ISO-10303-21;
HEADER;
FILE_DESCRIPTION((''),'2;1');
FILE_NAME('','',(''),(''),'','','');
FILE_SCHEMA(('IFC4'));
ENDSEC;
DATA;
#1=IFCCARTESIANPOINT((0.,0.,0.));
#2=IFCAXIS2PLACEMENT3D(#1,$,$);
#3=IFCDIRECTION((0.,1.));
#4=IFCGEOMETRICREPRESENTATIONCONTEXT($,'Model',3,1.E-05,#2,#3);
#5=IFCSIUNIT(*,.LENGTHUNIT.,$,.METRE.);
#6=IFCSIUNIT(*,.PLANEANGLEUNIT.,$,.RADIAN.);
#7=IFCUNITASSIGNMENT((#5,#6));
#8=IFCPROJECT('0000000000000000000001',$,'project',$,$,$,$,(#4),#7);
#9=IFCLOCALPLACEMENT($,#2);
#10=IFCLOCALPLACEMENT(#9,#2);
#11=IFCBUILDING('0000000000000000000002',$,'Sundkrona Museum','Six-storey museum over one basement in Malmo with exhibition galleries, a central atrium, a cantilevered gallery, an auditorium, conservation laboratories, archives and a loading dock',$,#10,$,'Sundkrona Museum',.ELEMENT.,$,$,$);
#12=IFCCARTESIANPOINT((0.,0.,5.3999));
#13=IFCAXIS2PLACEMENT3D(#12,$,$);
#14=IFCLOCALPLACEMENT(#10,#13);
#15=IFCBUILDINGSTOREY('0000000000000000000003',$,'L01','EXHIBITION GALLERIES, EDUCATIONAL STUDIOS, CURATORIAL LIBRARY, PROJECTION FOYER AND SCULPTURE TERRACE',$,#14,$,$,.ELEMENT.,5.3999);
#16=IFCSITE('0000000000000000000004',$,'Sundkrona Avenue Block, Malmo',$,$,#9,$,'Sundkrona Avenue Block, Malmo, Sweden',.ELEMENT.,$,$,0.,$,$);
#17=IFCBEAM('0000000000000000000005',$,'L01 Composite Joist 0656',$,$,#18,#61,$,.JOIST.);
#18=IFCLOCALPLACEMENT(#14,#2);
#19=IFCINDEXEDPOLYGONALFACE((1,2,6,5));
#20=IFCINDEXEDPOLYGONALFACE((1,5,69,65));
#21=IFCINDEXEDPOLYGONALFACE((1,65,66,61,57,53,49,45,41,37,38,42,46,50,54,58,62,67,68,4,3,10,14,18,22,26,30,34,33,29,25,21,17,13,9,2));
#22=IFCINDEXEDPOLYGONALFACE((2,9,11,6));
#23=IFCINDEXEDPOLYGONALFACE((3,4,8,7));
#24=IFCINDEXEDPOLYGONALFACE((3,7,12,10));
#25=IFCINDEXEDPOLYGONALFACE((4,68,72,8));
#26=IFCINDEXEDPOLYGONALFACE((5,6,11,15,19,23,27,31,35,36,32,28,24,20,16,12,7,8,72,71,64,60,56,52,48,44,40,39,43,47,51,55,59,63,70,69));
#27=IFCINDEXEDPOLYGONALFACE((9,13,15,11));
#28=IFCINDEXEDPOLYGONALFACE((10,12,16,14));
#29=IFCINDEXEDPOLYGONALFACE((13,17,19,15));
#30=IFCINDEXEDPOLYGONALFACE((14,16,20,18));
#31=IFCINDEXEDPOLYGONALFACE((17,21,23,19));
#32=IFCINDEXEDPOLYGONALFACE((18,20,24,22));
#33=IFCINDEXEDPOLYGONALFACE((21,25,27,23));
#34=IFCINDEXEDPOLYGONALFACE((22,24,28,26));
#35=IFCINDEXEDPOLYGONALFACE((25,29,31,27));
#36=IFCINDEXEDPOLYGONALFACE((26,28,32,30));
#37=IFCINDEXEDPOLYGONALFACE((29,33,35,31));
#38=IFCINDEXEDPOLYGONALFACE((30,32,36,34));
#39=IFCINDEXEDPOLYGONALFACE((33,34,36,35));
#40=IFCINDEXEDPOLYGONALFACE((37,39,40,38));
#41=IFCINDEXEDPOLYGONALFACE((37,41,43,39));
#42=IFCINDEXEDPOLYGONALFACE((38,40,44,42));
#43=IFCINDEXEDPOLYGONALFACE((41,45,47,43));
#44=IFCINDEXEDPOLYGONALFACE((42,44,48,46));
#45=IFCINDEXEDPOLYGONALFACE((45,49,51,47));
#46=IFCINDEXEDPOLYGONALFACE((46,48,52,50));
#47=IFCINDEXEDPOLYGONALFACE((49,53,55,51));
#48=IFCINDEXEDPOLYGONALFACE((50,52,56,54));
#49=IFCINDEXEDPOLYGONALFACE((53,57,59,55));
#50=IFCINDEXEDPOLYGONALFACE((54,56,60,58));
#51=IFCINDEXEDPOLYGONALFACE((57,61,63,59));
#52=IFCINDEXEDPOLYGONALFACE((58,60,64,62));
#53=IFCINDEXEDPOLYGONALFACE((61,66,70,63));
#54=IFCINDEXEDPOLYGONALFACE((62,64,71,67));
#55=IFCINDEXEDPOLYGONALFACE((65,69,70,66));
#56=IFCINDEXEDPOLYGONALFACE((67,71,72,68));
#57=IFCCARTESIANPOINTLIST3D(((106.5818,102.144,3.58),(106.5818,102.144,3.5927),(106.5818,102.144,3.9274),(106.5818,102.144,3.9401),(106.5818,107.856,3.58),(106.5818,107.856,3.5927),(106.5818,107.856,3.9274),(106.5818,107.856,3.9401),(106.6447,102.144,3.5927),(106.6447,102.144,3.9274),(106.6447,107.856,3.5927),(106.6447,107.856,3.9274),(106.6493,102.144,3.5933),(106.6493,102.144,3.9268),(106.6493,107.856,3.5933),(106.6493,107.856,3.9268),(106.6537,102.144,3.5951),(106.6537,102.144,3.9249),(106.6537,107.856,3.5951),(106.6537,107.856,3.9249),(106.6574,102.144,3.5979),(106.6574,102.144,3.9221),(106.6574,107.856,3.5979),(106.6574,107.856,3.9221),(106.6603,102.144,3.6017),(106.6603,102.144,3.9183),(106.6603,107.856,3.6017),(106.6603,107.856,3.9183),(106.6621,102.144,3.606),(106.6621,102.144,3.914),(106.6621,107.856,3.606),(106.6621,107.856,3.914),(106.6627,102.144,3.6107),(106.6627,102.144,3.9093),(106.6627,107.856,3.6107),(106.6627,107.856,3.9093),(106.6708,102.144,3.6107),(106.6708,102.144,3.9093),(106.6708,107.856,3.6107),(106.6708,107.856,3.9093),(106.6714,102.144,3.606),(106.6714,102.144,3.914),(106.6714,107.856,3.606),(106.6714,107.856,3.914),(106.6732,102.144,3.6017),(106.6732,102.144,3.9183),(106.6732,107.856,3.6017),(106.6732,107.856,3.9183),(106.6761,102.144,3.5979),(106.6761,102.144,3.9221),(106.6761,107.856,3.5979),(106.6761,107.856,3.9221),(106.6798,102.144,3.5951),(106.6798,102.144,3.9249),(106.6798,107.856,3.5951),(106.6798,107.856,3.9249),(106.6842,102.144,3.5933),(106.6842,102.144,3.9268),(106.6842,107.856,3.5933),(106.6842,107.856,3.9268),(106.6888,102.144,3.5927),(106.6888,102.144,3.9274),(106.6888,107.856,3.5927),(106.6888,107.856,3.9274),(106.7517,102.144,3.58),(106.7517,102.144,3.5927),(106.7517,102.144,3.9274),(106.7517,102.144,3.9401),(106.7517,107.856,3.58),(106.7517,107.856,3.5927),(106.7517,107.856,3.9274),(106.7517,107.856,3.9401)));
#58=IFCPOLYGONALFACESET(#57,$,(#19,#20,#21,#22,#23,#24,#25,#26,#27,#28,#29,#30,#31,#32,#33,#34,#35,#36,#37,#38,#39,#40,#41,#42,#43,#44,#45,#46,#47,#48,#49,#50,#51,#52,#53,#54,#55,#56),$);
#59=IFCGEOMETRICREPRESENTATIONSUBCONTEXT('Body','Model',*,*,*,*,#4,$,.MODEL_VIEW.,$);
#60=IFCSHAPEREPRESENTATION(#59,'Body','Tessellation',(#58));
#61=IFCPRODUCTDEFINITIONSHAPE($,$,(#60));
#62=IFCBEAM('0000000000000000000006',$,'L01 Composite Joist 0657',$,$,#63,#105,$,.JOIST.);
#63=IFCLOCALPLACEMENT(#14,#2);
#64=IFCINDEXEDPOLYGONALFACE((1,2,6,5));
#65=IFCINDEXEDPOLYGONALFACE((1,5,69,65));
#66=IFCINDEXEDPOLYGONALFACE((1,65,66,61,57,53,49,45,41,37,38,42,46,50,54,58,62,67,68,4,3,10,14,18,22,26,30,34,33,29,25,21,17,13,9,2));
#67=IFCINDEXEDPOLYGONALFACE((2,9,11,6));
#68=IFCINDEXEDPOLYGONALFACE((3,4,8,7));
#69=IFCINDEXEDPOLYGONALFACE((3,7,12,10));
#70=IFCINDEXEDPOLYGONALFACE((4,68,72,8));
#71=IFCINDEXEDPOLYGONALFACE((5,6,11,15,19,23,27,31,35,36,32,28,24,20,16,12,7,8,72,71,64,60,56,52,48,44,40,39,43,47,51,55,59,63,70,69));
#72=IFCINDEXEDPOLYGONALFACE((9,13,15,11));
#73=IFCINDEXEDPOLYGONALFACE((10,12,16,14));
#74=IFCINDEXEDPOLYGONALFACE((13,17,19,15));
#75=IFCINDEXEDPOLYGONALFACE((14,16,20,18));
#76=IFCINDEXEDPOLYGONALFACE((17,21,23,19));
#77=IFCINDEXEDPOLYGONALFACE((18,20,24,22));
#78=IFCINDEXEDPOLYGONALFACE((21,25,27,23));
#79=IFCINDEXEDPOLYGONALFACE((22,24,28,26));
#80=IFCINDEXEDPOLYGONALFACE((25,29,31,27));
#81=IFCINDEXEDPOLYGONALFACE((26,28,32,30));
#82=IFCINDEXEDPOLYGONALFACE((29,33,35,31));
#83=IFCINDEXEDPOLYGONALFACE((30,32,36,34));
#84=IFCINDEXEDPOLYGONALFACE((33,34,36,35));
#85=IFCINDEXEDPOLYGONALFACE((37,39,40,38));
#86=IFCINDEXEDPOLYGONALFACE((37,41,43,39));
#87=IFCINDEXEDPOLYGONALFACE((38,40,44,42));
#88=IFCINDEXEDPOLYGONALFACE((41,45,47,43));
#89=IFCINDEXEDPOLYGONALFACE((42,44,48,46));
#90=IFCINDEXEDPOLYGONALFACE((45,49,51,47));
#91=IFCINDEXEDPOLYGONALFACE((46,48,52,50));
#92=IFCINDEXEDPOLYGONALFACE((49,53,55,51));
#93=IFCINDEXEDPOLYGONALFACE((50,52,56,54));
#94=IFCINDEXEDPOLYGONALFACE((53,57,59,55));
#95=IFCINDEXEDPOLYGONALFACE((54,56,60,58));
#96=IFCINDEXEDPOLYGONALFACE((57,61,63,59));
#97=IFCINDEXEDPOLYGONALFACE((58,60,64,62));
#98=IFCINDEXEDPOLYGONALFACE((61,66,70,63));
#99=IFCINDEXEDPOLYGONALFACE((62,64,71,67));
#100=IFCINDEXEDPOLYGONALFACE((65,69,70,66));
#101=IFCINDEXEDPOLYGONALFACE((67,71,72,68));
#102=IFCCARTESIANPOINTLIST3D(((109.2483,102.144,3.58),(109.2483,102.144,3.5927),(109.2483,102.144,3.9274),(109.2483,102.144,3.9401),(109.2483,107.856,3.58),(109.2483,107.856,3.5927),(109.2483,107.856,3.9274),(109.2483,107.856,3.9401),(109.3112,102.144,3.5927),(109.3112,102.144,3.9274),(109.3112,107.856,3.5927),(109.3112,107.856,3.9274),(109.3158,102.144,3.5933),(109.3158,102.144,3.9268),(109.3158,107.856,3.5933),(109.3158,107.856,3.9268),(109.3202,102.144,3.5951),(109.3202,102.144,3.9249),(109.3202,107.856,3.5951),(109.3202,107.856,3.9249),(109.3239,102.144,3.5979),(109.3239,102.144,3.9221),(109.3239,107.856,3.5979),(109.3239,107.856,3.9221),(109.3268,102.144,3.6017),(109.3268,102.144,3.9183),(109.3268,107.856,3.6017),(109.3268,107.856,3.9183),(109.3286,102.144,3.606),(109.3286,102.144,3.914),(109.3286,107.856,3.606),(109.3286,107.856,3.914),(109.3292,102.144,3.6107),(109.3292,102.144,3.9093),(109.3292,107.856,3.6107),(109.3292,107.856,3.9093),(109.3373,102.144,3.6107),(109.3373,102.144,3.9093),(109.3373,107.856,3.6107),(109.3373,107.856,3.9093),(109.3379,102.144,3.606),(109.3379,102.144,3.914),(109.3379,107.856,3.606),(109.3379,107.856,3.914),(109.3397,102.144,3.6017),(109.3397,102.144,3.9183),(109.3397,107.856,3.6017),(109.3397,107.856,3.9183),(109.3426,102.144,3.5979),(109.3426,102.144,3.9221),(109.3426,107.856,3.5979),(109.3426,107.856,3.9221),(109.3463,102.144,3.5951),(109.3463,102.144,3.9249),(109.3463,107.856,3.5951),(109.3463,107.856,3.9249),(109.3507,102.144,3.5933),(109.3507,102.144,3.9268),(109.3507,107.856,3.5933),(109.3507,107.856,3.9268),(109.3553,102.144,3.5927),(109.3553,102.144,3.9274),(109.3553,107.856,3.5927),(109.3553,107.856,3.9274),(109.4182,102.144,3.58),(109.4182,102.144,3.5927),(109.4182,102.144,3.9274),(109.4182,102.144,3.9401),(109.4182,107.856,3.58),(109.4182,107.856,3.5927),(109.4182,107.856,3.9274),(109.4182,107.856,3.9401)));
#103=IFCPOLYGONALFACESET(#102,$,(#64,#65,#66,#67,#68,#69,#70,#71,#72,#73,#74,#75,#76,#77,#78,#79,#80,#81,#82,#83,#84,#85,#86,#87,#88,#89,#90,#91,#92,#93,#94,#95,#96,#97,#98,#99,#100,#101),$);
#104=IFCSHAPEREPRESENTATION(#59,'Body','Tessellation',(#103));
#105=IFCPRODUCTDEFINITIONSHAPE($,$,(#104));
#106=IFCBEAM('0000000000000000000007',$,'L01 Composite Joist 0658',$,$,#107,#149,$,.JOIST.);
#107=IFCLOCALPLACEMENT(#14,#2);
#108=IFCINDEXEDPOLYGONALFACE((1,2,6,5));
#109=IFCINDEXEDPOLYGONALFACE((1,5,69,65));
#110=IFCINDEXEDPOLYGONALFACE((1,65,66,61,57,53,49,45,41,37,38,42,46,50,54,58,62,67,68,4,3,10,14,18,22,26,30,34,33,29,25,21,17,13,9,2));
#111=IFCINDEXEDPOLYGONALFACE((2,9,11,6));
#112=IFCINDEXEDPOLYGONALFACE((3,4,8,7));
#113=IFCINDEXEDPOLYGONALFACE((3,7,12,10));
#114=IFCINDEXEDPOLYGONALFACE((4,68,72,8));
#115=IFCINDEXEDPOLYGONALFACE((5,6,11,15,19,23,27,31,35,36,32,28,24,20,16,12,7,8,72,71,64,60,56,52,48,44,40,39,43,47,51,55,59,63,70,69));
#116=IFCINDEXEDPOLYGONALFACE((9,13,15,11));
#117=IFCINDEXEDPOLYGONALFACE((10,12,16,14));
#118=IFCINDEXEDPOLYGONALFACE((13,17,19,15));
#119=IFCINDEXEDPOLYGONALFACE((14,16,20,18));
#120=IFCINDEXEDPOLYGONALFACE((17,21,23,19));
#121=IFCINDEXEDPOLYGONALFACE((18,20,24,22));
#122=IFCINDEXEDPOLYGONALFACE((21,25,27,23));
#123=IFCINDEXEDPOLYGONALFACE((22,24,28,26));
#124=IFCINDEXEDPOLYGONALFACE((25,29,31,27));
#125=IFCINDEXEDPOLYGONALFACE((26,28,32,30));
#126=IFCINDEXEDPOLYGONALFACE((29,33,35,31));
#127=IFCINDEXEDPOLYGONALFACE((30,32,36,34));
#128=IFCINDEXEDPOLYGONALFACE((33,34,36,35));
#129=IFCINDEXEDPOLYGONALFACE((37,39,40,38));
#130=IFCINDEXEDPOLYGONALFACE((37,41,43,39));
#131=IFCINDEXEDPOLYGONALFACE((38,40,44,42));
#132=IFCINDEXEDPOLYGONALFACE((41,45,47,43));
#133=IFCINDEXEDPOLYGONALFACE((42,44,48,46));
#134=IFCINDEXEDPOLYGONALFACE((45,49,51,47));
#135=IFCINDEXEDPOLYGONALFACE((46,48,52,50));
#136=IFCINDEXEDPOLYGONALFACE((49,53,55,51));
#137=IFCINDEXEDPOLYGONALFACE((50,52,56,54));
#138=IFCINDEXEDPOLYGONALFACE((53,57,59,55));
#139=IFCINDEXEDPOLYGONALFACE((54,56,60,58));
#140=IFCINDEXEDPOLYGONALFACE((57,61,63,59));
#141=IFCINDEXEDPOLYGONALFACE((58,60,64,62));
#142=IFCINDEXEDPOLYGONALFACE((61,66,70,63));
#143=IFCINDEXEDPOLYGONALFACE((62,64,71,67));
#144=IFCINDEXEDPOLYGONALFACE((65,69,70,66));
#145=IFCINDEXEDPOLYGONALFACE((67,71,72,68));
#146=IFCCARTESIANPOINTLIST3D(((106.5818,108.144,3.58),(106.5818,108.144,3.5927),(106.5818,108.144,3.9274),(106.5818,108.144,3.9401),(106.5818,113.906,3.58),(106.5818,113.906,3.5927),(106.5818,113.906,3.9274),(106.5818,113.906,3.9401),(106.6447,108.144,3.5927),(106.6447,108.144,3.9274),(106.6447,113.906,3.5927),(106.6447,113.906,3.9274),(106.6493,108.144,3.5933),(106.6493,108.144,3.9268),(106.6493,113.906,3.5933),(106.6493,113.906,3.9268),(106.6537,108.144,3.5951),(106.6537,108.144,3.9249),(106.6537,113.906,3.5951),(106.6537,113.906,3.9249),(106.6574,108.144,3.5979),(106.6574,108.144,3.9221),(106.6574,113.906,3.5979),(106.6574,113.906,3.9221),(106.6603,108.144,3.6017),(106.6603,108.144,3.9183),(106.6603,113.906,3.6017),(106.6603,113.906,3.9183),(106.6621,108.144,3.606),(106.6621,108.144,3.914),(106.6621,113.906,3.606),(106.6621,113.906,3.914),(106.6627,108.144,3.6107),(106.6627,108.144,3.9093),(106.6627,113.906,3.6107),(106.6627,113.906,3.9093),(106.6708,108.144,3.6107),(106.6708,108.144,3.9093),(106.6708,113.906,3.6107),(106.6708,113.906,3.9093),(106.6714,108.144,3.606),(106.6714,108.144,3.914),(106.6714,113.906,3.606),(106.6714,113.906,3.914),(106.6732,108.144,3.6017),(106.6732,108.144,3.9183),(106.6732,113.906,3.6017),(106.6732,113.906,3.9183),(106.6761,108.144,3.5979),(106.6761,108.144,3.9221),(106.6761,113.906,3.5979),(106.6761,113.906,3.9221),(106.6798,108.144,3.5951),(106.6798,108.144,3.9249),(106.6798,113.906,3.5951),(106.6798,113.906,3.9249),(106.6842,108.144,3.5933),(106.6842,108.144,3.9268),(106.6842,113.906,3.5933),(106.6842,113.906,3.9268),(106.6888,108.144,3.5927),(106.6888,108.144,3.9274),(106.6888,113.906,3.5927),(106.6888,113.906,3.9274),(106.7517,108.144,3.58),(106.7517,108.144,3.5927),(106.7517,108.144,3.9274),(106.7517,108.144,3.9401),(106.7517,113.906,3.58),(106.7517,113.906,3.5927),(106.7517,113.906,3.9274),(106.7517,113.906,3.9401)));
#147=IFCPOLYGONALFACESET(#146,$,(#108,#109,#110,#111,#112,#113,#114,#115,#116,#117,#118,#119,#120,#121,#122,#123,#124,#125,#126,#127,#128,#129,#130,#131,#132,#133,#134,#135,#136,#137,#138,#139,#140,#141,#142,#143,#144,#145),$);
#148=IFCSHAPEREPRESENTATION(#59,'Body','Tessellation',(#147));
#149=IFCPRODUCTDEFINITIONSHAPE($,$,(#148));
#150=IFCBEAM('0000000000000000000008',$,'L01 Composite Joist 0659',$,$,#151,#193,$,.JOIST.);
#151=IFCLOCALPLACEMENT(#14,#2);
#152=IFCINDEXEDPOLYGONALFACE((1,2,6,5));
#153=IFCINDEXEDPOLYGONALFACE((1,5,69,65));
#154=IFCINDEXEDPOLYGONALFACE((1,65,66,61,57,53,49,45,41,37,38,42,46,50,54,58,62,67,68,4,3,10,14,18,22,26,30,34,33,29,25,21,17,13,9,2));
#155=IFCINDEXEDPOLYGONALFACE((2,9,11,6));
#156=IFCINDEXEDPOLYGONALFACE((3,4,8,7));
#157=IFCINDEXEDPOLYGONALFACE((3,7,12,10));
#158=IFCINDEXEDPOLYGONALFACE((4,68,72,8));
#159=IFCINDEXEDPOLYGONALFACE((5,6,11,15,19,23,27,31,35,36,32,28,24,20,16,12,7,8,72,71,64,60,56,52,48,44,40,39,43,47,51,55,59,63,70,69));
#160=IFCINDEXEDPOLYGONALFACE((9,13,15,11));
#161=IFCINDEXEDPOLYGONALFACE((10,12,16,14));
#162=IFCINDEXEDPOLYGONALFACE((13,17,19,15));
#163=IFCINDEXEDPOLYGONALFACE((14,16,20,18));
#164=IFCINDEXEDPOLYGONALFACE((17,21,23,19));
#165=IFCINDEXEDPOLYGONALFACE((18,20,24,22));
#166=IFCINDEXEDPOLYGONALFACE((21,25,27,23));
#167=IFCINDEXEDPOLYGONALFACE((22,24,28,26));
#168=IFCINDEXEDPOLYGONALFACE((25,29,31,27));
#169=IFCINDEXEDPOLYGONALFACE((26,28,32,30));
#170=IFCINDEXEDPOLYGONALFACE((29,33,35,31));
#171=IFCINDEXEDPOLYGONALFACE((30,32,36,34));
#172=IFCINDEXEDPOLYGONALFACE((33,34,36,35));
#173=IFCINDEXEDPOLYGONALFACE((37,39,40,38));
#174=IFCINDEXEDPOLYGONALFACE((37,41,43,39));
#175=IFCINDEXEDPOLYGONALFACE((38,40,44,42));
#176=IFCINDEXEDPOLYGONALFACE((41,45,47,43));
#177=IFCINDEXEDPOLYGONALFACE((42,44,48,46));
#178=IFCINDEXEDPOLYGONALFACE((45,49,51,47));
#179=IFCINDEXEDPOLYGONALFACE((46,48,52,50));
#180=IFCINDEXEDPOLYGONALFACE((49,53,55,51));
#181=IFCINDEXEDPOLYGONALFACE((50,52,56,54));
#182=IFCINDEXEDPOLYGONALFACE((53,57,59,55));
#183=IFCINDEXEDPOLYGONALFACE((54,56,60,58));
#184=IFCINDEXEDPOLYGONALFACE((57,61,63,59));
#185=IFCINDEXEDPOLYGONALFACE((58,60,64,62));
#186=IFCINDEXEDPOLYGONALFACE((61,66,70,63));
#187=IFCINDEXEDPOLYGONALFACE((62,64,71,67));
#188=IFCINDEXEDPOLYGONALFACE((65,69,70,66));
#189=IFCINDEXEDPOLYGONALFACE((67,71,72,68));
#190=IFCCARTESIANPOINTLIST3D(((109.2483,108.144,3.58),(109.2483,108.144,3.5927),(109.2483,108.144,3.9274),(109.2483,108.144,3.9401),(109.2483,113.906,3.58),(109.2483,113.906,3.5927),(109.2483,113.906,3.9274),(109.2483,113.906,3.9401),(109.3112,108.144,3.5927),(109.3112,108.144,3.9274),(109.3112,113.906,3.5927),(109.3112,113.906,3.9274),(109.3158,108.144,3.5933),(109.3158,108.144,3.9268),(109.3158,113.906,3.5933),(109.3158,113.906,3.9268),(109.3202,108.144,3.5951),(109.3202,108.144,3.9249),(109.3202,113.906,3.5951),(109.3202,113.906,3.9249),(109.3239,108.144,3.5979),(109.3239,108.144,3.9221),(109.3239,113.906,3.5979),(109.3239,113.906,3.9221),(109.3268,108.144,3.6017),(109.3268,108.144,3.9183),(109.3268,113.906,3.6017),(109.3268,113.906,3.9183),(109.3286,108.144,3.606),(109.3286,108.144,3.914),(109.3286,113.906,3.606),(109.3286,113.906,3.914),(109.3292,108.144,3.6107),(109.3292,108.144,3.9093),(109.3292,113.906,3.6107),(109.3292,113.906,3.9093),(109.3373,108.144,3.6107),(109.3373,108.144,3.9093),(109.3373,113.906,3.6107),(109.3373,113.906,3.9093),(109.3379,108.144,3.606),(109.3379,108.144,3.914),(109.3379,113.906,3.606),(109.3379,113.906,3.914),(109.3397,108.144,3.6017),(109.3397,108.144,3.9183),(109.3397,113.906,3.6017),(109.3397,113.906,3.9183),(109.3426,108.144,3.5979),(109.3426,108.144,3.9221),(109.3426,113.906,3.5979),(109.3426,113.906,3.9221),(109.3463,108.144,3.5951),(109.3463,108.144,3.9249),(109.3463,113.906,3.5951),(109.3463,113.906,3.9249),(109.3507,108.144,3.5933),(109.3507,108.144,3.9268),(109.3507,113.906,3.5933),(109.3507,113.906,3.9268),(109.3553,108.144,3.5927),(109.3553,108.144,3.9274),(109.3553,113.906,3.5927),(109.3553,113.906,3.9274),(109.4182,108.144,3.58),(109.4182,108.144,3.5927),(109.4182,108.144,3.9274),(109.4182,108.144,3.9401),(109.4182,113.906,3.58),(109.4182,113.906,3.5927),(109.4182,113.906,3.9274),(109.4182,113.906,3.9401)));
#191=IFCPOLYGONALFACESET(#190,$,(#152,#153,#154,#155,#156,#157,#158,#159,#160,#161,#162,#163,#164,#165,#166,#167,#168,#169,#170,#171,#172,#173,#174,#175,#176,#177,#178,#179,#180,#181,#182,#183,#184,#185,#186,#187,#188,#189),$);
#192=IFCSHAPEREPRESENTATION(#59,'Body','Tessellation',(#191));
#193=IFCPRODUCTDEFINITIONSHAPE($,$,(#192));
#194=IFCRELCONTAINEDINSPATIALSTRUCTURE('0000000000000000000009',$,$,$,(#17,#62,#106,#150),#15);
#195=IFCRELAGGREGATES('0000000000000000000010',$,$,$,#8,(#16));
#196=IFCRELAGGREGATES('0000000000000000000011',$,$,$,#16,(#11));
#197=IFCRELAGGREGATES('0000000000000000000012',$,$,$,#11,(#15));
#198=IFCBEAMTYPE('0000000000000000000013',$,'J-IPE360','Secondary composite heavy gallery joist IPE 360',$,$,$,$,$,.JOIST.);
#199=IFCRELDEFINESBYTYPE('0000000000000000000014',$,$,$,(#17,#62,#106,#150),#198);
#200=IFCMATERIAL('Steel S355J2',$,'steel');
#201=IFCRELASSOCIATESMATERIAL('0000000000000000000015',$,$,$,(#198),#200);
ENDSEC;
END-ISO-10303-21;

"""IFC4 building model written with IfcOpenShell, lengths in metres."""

from ifc_helpers import new_model, si_unit, direction, frame, origin, origin_2d, place, context, subcontext, project, spatial, i_section, extrude, material, material_profile, profile_set, type_object, element, save


model = new_model("IFC4")

# Units and contexts
model_context = context("Model", 3, precision=1e-05, world=origin(), true_north=direction((0.0, 1.0)))
body_context = subcontext(model_context, "Body", "Model", "MODEL_VIEW")
ifc_project = project(units=[si_unit("LENGTHUNIT", "METRE"), si_unit("PLANEANGLEUNIT", "RADIAN")], contexts=[model_context])

# Site, building, storey
site_placement = place(None, origin())
site = spatial("IfcSite", under=ifc_project, at=site_placement, Name="Sundkrona Avenue Block, Malmo", LongName="Sundkrona Avenue Block, Malmo, Sweden", CompositionType="ELEMENT", RefElevation=0.0)
building_placement = place(site_placement, origin())
building = spatial("IfcBuilding", under=site, at=building_placement, Name="Sundkrona Museum", Description="Six-storey museum over one basement in Malmo with exhibition galleries, a central atrium, a cantilevered gallery, an auditorium, conservation laboratories, archives and a loading dock", LongName="Sundkrona Museum", CompositionType="ELEMENT")
storey_placement = place(building_placement, frame((0.0, 0.0, 5.3999)))
storey = spatial("IfcBuildingStorey", under=building, at=storey_placement, Name="L01", Description="EXHIBITION GALLERIES, EDUCATIONAL STUDIOS, CURATORIAL LIBRARY, PROJECTION FOYER AND SCULPTURE TERRACE", CompositionType="ELEMENT", Elevation=5.3999)

# Shared definitions
ifc_material_1 = material(Name="Steel S355J2", Category="steel")

# Beams
ifc_material_profile_1 = material_profile(ifc_material_1, i_section(OverallWidth=0.1699, OverallDepth=0.3601, WebThickness=0.0081, FlangeThickness=0.0127, FilletRadius=0.0181, at=origin_2d()), Name="IPE 360")
ifc_profile_set_1 = profile_set([ifc_material_profile_1], Name="Steel S355J2")
beam_type_1 = type_object("IfcBeamType", Name="J-IPE360", Description="Secondary composite heavy gallery joist IPE 360", PredefinedType="JOIST", material=ifc_profile_set_1)
for number, where, z_axis, x_axis, name in (
    (1, (106.6667, 102.144, 3.76), (0.0, 1.0, 0.0), (-1.0, 0.0, 0.0), "L01 Composite Joist 0656"),
    (2, (109.3333, 102.144, 3.76), (0.0, 1.0, 0.0), (-1.0, 0.0, 0.0), "L01 Composite Joist 0657"),
):
    element("IfcBeam", number, at=place(storey_placement, frame(where, z_axis=z_axis, x_axis=x_axis)), inside=storey, type_object=beam_type_1, Name=name, PredefinedType="JOIST", context=body_context, shape_type="SweptSolid", body=[
        extrude(i_section(OverallWidth=0.1699, OverallDepth=0.3601, WebThickness=0.0081, FlangeThickness=0.0127, FilletRadius=0.0181, at=origin_2d()), origin(), (0.0, 0.0, 1.0), 5.7119),
    ])
for number, where, z_axis, x_axis, name in (
    (3, (106.6667, 108.144, 3.76), (0.0, 1.0, 0.0), (-1.0, 0.0, 0.0), "L01 Composite Joist 0658"),
    (4, (109.3333, 108.144, 3.76), (0.0, 1.0, 0.0), (-1.0, 0.0, 0.0), "L01 Composite Joist 0659"),
):
    element("IfcBeam", number, at=place(storey_placement, frame(where, z_axis=z_axis, x_axis=x_axis)), inside=storey, type_object=beam_type_1, Name=name, PredefinedType="JOIST", context=body_context, shape_type="SweptSolid", body=[
        extrude(i_section(OverallWidth=0.1699, OverallDepth=0.3601, WebThickness=0.0081, FlangeThickness=0.0127, FilletRadius=0.0181, at=origin_2d()), origin(), (0.0, 0.0, 1.0), 5.762),
    ])

save(model, "model.ifc")
